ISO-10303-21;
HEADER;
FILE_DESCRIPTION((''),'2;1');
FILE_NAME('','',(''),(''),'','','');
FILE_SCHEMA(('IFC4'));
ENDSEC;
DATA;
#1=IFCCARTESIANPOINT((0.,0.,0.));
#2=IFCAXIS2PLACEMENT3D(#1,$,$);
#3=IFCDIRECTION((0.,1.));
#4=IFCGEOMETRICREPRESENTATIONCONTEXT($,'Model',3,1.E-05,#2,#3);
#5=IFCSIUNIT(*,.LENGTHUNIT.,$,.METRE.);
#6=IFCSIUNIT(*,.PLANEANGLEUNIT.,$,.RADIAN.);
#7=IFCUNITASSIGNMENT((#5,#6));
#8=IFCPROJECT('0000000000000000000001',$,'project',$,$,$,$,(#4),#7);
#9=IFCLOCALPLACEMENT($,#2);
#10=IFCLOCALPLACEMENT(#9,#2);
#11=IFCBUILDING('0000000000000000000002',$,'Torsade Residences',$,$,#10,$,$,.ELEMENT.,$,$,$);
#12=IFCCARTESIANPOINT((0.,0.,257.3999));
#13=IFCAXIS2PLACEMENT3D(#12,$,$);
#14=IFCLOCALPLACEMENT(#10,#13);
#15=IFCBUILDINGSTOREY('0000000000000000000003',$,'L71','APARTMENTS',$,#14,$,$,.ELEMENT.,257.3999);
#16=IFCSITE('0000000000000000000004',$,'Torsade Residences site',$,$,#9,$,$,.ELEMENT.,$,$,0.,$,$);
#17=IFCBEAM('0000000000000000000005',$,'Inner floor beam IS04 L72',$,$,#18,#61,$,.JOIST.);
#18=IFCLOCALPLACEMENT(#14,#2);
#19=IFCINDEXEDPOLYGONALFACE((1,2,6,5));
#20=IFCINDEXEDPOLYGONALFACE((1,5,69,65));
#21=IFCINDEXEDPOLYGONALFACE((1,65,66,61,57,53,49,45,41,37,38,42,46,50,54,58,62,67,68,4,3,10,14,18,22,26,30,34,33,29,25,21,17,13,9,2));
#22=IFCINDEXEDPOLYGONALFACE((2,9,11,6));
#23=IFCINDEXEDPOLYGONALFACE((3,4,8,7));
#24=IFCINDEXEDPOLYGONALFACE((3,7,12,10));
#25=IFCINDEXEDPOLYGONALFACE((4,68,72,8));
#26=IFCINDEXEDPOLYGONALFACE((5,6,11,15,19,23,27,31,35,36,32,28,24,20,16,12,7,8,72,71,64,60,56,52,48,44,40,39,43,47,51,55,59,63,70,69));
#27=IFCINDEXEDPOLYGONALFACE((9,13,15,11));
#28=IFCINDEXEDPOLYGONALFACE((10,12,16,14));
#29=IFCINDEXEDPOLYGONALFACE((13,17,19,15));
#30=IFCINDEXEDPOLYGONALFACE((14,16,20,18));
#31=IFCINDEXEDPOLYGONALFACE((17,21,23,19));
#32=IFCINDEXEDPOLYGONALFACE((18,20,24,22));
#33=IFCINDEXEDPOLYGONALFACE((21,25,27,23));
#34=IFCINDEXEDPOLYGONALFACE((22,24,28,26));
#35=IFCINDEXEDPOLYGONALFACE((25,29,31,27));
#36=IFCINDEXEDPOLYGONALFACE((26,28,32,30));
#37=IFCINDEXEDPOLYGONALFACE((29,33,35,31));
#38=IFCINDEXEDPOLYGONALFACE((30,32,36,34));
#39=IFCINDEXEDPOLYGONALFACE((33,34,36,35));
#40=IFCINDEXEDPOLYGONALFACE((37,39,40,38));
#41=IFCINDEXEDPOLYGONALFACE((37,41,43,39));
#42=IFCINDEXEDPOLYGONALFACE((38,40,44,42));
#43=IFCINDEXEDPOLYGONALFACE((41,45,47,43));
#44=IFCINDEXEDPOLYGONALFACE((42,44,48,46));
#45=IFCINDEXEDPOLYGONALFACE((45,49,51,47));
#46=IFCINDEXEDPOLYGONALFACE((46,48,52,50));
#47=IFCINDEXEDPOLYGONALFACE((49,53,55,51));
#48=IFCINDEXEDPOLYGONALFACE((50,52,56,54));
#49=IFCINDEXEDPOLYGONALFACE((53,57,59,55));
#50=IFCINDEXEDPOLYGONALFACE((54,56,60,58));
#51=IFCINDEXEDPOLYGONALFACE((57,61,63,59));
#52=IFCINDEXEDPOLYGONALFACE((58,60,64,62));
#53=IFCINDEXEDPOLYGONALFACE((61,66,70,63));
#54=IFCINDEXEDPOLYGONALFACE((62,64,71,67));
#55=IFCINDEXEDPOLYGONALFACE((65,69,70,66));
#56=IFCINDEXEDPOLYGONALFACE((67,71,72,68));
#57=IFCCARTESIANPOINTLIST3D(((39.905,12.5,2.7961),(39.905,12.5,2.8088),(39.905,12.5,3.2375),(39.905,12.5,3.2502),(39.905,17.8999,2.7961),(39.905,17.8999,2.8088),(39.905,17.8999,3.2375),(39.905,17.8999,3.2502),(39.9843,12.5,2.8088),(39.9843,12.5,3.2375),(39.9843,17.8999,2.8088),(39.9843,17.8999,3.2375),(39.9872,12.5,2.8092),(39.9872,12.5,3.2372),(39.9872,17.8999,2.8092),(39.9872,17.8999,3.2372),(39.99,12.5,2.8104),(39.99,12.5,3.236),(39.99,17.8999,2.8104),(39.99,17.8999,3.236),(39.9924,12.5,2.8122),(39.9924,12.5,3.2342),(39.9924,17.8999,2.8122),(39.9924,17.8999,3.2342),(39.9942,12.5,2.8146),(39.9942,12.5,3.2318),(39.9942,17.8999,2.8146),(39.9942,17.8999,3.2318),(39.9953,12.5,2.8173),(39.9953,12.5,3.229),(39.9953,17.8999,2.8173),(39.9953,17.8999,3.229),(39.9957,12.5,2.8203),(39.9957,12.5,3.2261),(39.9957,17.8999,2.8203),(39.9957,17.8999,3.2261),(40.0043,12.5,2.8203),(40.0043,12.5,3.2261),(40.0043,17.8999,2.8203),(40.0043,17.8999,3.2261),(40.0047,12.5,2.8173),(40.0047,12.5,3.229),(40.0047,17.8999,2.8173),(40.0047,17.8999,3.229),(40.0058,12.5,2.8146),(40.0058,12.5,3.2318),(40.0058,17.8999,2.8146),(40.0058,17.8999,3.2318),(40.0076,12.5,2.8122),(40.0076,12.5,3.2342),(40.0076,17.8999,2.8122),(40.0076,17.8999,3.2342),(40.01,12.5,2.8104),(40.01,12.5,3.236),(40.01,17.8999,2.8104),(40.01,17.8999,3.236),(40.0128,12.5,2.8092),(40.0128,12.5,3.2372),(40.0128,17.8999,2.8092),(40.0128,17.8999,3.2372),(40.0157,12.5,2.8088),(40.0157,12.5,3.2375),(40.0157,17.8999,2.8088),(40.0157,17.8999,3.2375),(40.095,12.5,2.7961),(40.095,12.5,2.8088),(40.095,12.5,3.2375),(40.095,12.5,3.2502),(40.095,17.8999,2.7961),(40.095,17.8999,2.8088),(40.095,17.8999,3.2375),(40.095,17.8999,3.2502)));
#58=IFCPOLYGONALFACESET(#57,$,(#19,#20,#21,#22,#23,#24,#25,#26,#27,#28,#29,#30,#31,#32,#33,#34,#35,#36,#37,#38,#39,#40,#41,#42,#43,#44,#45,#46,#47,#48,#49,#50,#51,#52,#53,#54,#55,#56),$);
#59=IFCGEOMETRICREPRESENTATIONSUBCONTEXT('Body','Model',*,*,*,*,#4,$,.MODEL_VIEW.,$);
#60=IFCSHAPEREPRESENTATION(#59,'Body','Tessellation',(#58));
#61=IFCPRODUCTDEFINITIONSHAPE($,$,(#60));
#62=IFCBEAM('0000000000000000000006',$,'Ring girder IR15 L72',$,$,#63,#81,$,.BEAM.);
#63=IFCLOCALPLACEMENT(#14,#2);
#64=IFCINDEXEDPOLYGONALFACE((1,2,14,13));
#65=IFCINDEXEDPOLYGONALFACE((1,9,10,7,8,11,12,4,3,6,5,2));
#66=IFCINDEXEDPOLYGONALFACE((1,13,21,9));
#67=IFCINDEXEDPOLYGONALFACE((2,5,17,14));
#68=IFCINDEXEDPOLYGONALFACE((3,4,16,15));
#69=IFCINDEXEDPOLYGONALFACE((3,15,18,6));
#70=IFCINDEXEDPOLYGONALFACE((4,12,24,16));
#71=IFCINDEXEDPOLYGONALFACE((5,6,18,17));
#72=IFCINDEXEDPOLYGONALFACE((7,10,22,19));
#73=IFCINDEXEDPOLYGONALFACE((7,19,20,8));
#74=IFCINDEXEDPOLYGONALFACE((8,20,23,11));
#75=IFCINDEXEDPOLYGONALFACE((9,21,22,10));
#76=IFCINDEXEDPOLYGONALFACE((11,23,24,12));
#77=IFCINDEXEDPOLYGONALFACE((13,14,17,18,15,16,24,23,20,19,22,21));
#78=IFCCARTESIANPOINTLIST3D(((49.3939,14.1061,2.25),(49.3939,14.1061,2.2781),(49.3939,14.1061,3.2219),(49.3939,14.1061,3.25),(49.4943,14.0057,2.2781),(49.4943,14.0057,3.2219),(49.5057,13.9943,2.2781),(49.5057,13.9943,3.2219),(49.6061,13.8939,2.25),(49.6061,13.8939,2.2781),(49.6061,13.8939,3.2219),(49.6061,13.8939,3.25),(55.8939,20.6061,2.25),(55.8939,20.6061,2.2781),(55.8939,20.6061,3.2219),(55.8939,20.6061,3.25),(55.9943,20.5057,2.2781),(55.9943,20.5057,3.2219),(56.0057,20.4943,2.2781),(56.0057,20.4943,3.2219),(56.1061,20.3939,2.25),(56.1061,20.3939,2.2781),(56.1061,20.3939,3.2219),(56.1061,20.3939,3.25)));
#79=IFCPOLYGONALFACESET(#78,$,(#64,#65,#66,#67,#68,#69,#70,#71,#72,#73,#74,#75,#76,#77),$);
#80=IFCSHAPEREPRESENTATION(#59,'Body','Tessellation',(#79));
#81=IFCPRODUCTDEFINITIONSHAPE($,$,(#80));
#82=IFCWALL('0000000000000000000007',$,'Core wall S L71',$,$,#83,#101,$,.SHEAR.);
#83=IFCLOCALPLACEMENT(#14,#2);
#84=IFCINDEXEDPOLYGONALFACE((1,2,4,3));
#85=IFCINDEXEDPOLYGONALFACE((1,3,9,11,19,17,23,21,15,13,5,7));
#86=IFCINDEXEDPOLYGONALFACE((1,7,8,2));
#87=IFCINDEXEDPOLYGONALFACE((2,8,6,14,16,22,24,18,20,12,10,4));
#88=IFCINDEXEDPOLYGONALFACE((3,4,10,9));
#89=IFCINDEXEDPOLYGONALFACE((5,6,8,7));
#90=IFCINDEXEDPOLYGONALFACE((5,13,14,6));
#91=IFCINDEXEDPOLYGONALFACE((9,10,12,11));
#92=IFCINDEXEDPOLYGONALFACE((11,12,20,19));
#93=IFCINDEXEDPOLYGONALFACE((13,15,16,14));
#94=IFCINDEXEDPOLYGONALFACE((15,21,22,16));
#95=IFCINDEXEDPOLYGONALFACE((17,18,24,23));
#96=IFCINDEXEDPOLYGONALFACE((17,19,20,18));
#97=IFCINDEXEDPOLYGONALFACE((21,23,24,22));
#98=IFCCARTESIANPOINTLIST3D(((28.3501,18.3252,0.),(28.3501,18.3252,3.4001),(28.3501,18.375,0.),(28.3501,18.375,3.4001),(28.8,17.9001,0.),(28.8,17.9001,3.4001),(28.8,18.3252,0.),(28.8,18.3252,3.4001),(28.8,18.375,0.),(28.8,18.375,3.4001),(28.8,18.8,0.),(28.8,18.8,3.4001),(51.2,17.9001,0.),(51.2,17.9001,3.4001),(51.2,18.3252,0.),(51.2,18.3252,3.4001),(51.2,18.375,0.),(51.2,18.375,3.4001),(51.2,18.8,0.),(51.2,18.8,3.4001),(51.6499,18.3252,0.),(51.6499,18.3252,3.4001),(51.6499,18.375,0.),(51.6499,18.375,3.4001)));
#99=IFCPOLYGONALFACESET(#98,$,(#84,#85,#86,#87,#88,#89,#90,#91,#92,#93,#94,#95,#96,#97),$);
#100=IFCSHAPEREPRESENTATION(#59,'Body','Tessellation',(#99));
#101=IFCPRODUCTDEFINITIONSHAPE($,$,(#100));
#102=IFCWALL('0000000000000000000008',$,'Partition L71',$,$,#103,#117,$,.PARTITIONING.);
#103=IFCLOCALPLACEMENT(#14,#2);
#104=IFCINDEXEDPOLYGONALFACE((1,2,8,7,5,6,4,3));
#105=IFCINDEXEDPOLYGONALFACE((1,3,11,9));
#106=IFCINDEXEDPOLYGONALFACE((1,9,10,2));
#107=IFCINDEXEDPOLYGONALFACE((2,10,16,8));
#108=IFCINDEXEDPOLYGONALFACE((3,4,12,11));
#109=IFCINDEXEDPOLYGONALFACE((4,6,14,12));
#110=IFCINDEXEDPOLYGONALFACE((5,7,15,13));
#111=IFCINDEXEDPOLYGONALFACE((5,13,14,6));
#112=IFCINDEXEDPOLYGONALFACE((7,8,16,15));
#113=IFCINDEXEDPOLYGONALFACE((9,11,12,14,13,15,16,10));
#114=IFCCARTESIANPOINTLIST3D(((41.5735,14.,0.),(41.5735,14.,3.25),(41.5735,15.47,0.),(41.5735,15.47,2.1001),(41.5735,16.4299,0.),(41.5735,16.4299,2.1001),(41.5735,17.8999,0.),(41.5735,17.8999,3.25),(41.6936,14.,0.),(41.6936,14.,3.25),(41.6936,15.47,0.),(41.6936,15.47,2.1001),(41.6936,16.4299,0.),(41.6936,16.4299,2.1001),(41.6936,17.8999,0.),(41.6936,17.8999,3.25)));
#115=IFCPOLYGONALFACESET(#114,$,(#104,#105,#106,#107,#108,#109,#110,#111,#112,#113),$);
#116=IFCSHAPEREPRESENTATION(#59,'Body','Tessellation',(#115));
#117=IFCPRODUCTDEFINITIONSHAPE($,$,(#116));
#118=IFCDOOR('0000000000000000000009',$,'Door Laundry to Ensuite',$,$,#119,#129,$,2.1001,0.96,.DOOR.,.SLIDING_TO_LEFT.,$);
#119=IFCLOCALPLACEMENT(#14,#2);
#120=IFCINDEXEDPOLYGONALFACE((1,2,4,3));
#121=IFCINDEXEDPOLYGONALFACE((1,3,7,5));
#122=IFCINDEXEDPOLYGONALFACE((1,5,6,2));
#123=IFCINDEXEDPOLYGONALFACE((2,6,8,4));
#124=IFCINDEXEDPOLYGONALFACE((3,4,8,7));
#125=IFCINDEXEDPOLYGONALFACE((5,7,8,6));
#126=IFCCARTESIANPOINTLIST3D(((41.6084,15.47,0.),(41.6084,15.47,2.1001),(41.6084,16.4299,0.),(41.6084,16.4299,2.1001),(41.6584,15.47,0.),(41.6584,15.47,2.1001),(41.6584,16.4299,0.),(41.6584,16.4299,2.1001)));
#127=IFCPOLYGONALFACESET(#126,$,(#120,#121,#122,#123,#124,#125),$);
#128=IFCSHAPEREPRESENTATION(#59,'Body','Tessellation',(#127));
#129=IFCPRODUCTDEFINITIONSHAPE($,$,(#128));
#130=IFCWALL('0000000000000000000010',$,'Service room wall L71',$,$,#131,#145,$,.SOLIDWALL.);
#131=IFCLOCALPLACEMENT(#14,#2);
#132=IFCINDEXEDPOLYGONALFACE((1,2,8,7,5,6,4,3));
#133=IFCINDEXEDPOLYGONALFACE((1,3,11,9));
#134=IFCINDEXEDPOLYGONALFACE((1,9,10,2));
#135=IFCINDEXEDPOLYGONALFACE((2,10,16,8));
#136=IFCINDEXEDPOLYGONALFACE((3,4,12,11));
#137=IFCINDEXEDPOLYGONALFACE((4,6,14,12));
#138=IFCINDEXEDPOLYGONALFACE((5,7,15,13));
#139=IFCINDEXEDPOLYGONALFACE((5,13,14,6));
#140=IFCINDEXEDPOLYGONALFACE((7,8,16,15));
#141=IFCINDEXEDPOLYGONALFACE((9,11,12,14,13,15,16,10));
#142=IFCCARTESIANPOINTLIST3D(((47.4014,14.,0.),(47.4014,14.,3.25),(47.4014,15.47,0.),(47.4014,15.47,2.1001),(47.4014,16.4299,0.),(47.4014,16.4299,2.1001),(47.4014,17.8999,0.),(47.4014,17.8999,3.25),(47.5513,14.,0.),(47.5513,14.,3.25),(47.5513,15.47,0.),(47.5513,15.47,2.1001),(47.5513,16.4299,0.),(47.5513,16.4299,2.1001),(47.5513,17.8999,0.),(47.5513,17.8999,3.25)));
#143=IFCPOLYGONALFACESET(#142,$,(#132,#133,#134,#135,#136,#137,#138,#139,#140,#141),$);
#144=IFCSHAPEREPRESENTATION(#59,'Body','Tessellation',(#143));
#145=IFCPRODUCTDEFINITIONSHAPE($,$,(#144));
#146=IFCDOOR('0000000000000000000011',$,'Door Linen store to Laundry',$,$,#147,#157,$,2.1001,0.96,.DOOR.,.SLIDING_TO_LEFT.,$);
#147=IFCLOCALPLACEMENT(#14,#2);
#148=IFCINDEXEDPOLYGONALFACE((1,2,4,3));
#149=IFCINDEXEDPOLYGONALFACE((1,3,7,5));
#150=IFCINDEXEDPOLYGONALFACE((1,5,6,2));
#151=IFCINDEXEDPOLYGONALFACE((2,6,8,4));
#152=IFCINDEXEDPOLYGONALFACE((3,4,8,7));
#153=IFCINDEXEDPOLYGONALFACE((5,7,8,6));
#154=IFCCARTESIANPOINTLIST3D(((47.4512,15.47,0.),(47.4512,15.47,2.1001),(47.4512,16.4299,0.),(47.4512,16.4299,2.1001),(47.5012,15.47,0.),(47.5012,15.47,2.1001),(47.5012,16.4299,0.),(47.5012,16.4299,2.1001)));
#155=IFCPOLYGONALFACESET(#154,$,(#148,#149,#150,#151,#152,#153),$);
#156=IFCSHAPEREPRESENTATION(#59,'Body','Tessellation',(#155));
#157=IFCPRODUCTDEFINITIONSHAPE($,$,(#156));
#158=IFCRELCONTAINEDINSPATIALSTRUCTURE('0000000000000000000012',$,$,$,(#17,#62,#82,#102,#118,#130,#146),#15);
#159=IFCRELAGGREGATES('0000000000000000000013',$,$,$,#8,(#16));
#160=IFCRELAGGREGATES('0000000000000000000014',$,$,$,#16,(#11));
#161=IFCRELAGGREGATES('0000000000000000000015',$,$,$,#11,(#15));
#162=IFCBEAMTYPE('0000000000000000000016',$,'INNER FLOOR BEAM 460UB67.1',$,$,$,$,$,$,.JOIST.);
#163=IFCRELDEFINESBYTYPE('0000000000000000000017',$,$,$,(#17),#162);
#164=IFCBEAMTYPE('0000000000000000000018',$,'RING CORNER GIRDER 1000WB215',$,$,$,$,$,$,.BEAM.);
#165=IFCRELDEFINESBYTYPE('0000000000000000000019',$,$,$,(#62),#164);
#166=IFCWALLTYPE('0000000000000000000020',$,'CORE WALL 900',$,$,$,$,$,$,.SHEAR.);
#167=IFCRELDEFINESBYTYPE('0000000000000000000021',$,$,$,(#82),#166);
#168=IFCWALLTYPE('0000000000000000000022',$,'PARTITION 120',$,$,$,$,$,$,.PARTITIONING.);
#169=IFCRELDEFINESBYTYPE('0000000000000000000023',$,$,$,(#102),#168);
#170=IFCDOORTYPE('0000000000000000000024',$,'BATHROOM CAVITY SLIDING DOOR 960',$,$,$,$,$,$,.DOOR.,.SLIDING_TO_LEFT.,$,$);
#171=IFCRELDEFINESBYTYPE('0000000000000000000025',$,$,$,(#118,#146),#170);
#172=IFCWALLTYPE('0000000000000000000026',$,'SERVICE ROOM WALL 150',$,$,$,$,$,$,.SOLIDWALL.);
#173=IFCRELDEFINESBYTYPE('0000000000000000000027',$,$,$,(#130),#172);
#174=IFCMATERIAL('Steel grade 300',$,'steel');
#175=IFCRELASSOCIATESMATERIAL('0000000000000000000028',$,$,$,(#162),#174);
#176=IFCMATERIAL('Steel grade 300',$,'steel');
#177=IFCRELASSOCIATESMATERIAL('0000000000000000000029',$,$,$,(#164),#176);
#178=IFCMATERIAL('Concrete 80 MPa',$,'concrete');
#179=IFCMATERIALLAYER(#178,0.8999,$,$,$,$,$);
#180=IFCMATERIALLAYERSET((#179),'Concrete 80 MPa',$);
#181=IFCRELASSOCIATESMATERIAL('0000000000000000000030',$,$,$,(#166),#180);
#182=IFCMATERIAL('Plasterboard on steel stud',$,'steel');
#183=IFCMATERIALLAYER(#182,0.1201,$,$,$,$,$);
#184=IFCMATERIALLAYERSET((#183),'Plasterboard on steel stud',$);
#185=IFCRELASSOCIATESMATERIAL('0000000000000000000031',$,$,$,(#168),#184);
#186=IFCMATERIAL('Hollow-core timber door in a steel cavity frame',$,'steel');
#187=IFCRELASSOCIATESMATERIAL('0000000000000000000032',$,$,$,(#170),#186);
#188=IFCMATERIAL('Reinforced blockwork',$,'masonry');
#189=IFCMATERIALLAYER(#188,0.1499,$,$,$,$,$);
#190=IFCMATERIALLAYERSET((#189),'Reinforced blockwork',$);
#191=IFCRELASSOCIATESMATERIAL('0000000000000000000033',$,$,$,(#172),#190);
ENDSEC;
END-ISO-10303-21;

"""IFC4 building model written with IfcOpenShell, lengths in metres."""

from ifc_helpers import new_model, si_unit, direction, frame, frame_2d, origin, origin_2d, place, context, subcontext, project, spatial, polyline, rectangle, i_section, outline, extrude, material, layer, layer_set, material_profile, profile_set, type_object, element, fill, save


model = new_model("IFC4")

# Units and contexts
model_context = context("Model", 3, precision=1e-05, world=origin(), true_north=direction((0.0, 1.0)))
body_context = subcontext(model_context, "Body", "Model", "MODEL_VIEW")
ifc_project = project(units=[si_unit("LENGTHUNIT", "METRE"), si_unit("PLANEANGLEUNIT", "RADIAN")], contexts=[model_context])

# Site, building, storey
site_placement = place(None, origin())
site = spatial("IfcSite", under=ifc_project, at=site_placement, Name="Torsade Residences site", CompositionType="ELEMENT", RefElevation=0.0)
building_placement = place(site_placement, origin())
building = spatial("IfcBuilding", under=site, at=building_placement, Name="Torsade Residences", CompositionType="ELEMENT")
storey_placement = place(building_placement, frame((0.0, 0.0, 257.3999)))
storey = spatial("IfcBuildingStorey", under=building, at=storey_placement, Name="L71", Description="APARTMENTS", CompositionType="ELEMENT", Elevation=257.3999)

# Beams
ifc_material_1 = material(Name="Steel grade 300", Category="steel")
ifc_material_profile_1 = material_profile(ifc_material_1, i_section(OverallWidth=0.1899, OverallDepth=0.4541, WebThickness=0.0085, FlangeThickness=0.0127, FilletRadius=0.0115, at=origin_2d()), Name="460UB67.1")
ifc_profile_set_1 = profile_set([ifc_material_profile_1], Name="Steel grade 300")
beam_type_1 = type_object("IfcBeamType", Name="INNER FLOOR BEAM 460UB67.1", PredefinedType="JOIST", material=ifc_profile_set_1)
for number, where, z_axis, x_axis, name in (
    (1, (40.0, 17.8999, 3.0232), (0.0, -1.0, 0.0), (1.0, 0.0, 0.0), "Inner floor beam IS04 L72"),
):
    element("IfcBeam", number, at=place(storey_placement, frame(where, z_axis=z_axis, x_axis=x_axis)), inside=storey, type_object=beam_type_1, Name=name, PredefinedType="JOIST", context=body_context, shape_type="SweptSolid", body=[
        extrude(i_section(OverallWidth=0.1899, OverallDepth=0.4541, WebThickness=0.0085, FlangeThickness=0.0127, FilletRadius=0.0115, at=origin_2d()), origin(), (0.0, 0.0, 1.0), 5.3999),
    ])
ifc_material_2 = material(Name="Steel grade 300", Category="steel")
ifc_material_profile_2 = material_profile(ifc_material_2, i_section(OverallWidth=0.3, OverallDepth=1.0, WebThickness=0.0161, FlangeThickness=0.0281, at=origin_2d()), Name="1000WB215")
ifc_profile_set_2 = profile_set([ifc_material_profile_2], Name="Steel grade 300")
beam_type_2 = type_object("IfcBeamType", Name="RING CORNER GIRDER 1000WB215", PredefinedType="BEAM", material=ifc_profile_set_2)
beam_1_placement = place(storey_placement, frame((49.5, 14.0, 2.75), z_axis=(0.707107, 0.707107, 0.0), x_axis=(-0.707107, 0.707107, 0.0)))
element("IfcBeam", 2, at=beam_1_placement, inside=storey, type_object=beam_type_2, Name="Ring girder IR15 L72", PredefinedType="BEAM", context=body_context, shape_type="SweptSolid", body=[
    extrude(i_section(OverallWidth=0.3, OverallDepth=1.0, WebThickness=0.0161, FlangeThickness=0.0281, at=origin_2d()), origin(), (0.0, 0.0, 1.0), 9.1924),
])

# Wall
ifc_material_3 = material(Name="Concrete 80 MPa", Category="concrete")
ifc_layer_1 = layer(ifc_material_3, 0.8999)
ifc_layer_set_1 = layer_set([ifc_layer_1], Name="Concrete 80 MPa")
wall_type_1 = type_object("IfcWallType", Name="CORE WALL 900", PredefinedType="SHEAR", material=ifc_layer_set_1)
wall_1_placement = place(storey_placement, frame((51.2, 18.3501, 0.0), z_axis=(0.0, 0.0, 1.0), x_axis=(-1.0, 0.0, 0.0)))
element("IfcWall", 3, at=wall_1_placement, inside=storey, type_object=wall_type_1, Name="Core wall S L71", PredefinedType="SHEAR", context=body_context, shape_type="SweptSolid", body=[
    extrude(outline(polyline([(0.0, -0.45), (22.3999, -0.45), (22.3999, -0.0249), (22.8499, -0.0249), (22.8499, 0.0249), (22.3999, 0.0249), (22.3999, 0.45), (0.0, 0.45), (0.0, 0.0249), (-0.45, 0.0249), (-0.45, -0.0249), (0.0, -0.0249), (0.0, -0.45)])), origin(), (0.0, 0.0, 1.0), 3.4001),
])

# Walls, openings, doors
ifc_material_4 = material(Name="Plasterboard on steel stud", Category="steel")
ifc_layer_2 = layer(ifc_material_4, 0.1201)
ifc_layer_set_2 = layer_set([ifc_layer_2], Name="Plasterboard on steel stud")
wall_type_2 = type_object("IfcWallType", Name="PARTITION 120", PredefinedType="PARTITIONING", material=ifc_layer_set_2)
wall_2_placement = place(storey_placement, frame((41.6335, 17.8999, 0.0), z_axis=(0.0, 0.0, 1.0), x_axis=(0.0, -1.0, 0.0)))
wall_2 = element("IfcWall", 4, at=wall_2_placement, inside=storey, type_object=wall_type_2, Name="Partition L71", PredefinedType="PARTITIONING", context=body_context, shape_type="SweptSolid", body=[
    extrude(rectangle(XDim=3.8999, YDim=0.1201, at=frame_2d((1.95, 0.0))), origin(), (0.0, 0.0, 1.0), 3.25),
])
opening_1_placement = place(wall_2_placement, frame((1.47, 0.0, 0.0)))
opening_1 = element("IfcOpeningElement", 5, at=opening_1_placement, cuts=wall_2, PredefinedType="OPENING", context=body_context, shape_type="SweptSolid", body=[
    extrude(rectangle(XDim=0.96, YDim=2.1001, at=frame_2d((0.48, 1.05))), frame((0.0, 0.0701, 0.0), z_axis=(0.0, -1.0, 0.0), x_axis=(1.0, 0.0, 0.0)), (0.0, 0.0, 1.0), 0.1401),
])
ifc_material_5 = material(Name="Hollow-core timber door in a steel cavity frame", Category="steel")
door_type_1 = type_object("IfcDoorType", Name="BATHROOM CAVITY SLIDING DOOR 960", OperationType="SLIDING_TO_LEFT", PredefinedType="DOOR", material=ifc_material_5)
door_1_placement = place(opening_1_placement, origin())
door_1 = element("IfcDoor", 6, at=door_1_placement, inside=storey, type_object=door_type_1, Name="Door Laundry to Ensuite", OperationType="SLIDING_TO_LEFT", OverallHeight=2.1001, OverallWidth=0.96, PredefinedType="DOOR", context=body_context, shape_type="SweptSolid", body=[
    extrude(rectangle(XDim=0.96, YDim=2.1001, at=frame_2d((0.48, 1.05))), frame((0.0, 0.0249, 0.0), z_axis=(0.0, -1.0, 0.0), x_axis=(1.0, 0.0, 0.0)), (0.0, 0.0, 1.0), 0.05),
])
fill(opening_1, door_1)
ifc_material_6 = material(Name="Reinforced blockwork", Category="masonry")
ifc_layer_3 = layer(ifc_material_6, 0.1499)
ifc_layer_set_3 = layer_set([ifc_layer_3], Name="Reinforced blockwork")
wall_type_3 = type_object("IfcWallType", Name="SERVICE ROOM WALL 150", PredefinedType="SOLIDWALL", material=ifc_layer_set_3)
wall_3_placement = place(storey_placement, frame((47.4763, 17.8999, 0.0), z_axis=(0.0, 0.0, 1.0), x_axis=(0.0, -1.0, 0.0)))
wall_3 = element("IfcWall", 7, at=wall_3_placement, inside=storey, type_object=wall_type_3, Name="Service room wall L71", PredefinedType="SOLIDWALL", context=body_context, shape_type="SweptSolid", body=[
    extrude(rectangle(XDim=3.8999, YDim=0.1499, at=frame_2d((1.95, 0.0))), origin(), (0.0, 0.0, 1.0), 3.25),
])
opening_2_placement = place(wall_3_placement, frame((1.47, 0.0, 0.0)))
opening_2 = element("IfcOpeningElement", 8, at=opening_2_placement, cuts=wall_3, PredefinedType="OPENING", context=body_context, shape_type="SweptSolid", body=[
    extrude(rectangle(XDim=0.96, YDim=2.1001, at=frame_2d((0.48, 1.05))), frame((0.0, 0.085, 0.0), z_axis=(0.0, -1.0, 0.0), x_axis=(1.0, 0.0, 0.0)), (0.0, 0.0, 1.0), 0.1699),
])
door_2_placement = place(opening_2_placement, origin())
door_2 = element("IfcDoor", 9, at=door_2_placement, inside=storey, type_object=door_type_1, Name="Door Linen store to Laundry", OperationType="SLIDING_TO_LEFT", OverallHeight=2.1001, OverallWidth=0.96, PredefinedType="DOOR", context=body_context, shape_type="SweptSolid", body=[
    extrude(rectangle(XDim=0.96, YDim=2.1001, at=frame_2d((0.48, 1.05))), frame((0.0, 0.0249, 0.0), z_axis=(0.0, -1.0, 0.0), x_axis=(1.0, 0.0, 0.0)), (0.0, 0.0, 1.0), 0.05),
])
fill(opening_2, door_2)

save(model, "model.ifc")
